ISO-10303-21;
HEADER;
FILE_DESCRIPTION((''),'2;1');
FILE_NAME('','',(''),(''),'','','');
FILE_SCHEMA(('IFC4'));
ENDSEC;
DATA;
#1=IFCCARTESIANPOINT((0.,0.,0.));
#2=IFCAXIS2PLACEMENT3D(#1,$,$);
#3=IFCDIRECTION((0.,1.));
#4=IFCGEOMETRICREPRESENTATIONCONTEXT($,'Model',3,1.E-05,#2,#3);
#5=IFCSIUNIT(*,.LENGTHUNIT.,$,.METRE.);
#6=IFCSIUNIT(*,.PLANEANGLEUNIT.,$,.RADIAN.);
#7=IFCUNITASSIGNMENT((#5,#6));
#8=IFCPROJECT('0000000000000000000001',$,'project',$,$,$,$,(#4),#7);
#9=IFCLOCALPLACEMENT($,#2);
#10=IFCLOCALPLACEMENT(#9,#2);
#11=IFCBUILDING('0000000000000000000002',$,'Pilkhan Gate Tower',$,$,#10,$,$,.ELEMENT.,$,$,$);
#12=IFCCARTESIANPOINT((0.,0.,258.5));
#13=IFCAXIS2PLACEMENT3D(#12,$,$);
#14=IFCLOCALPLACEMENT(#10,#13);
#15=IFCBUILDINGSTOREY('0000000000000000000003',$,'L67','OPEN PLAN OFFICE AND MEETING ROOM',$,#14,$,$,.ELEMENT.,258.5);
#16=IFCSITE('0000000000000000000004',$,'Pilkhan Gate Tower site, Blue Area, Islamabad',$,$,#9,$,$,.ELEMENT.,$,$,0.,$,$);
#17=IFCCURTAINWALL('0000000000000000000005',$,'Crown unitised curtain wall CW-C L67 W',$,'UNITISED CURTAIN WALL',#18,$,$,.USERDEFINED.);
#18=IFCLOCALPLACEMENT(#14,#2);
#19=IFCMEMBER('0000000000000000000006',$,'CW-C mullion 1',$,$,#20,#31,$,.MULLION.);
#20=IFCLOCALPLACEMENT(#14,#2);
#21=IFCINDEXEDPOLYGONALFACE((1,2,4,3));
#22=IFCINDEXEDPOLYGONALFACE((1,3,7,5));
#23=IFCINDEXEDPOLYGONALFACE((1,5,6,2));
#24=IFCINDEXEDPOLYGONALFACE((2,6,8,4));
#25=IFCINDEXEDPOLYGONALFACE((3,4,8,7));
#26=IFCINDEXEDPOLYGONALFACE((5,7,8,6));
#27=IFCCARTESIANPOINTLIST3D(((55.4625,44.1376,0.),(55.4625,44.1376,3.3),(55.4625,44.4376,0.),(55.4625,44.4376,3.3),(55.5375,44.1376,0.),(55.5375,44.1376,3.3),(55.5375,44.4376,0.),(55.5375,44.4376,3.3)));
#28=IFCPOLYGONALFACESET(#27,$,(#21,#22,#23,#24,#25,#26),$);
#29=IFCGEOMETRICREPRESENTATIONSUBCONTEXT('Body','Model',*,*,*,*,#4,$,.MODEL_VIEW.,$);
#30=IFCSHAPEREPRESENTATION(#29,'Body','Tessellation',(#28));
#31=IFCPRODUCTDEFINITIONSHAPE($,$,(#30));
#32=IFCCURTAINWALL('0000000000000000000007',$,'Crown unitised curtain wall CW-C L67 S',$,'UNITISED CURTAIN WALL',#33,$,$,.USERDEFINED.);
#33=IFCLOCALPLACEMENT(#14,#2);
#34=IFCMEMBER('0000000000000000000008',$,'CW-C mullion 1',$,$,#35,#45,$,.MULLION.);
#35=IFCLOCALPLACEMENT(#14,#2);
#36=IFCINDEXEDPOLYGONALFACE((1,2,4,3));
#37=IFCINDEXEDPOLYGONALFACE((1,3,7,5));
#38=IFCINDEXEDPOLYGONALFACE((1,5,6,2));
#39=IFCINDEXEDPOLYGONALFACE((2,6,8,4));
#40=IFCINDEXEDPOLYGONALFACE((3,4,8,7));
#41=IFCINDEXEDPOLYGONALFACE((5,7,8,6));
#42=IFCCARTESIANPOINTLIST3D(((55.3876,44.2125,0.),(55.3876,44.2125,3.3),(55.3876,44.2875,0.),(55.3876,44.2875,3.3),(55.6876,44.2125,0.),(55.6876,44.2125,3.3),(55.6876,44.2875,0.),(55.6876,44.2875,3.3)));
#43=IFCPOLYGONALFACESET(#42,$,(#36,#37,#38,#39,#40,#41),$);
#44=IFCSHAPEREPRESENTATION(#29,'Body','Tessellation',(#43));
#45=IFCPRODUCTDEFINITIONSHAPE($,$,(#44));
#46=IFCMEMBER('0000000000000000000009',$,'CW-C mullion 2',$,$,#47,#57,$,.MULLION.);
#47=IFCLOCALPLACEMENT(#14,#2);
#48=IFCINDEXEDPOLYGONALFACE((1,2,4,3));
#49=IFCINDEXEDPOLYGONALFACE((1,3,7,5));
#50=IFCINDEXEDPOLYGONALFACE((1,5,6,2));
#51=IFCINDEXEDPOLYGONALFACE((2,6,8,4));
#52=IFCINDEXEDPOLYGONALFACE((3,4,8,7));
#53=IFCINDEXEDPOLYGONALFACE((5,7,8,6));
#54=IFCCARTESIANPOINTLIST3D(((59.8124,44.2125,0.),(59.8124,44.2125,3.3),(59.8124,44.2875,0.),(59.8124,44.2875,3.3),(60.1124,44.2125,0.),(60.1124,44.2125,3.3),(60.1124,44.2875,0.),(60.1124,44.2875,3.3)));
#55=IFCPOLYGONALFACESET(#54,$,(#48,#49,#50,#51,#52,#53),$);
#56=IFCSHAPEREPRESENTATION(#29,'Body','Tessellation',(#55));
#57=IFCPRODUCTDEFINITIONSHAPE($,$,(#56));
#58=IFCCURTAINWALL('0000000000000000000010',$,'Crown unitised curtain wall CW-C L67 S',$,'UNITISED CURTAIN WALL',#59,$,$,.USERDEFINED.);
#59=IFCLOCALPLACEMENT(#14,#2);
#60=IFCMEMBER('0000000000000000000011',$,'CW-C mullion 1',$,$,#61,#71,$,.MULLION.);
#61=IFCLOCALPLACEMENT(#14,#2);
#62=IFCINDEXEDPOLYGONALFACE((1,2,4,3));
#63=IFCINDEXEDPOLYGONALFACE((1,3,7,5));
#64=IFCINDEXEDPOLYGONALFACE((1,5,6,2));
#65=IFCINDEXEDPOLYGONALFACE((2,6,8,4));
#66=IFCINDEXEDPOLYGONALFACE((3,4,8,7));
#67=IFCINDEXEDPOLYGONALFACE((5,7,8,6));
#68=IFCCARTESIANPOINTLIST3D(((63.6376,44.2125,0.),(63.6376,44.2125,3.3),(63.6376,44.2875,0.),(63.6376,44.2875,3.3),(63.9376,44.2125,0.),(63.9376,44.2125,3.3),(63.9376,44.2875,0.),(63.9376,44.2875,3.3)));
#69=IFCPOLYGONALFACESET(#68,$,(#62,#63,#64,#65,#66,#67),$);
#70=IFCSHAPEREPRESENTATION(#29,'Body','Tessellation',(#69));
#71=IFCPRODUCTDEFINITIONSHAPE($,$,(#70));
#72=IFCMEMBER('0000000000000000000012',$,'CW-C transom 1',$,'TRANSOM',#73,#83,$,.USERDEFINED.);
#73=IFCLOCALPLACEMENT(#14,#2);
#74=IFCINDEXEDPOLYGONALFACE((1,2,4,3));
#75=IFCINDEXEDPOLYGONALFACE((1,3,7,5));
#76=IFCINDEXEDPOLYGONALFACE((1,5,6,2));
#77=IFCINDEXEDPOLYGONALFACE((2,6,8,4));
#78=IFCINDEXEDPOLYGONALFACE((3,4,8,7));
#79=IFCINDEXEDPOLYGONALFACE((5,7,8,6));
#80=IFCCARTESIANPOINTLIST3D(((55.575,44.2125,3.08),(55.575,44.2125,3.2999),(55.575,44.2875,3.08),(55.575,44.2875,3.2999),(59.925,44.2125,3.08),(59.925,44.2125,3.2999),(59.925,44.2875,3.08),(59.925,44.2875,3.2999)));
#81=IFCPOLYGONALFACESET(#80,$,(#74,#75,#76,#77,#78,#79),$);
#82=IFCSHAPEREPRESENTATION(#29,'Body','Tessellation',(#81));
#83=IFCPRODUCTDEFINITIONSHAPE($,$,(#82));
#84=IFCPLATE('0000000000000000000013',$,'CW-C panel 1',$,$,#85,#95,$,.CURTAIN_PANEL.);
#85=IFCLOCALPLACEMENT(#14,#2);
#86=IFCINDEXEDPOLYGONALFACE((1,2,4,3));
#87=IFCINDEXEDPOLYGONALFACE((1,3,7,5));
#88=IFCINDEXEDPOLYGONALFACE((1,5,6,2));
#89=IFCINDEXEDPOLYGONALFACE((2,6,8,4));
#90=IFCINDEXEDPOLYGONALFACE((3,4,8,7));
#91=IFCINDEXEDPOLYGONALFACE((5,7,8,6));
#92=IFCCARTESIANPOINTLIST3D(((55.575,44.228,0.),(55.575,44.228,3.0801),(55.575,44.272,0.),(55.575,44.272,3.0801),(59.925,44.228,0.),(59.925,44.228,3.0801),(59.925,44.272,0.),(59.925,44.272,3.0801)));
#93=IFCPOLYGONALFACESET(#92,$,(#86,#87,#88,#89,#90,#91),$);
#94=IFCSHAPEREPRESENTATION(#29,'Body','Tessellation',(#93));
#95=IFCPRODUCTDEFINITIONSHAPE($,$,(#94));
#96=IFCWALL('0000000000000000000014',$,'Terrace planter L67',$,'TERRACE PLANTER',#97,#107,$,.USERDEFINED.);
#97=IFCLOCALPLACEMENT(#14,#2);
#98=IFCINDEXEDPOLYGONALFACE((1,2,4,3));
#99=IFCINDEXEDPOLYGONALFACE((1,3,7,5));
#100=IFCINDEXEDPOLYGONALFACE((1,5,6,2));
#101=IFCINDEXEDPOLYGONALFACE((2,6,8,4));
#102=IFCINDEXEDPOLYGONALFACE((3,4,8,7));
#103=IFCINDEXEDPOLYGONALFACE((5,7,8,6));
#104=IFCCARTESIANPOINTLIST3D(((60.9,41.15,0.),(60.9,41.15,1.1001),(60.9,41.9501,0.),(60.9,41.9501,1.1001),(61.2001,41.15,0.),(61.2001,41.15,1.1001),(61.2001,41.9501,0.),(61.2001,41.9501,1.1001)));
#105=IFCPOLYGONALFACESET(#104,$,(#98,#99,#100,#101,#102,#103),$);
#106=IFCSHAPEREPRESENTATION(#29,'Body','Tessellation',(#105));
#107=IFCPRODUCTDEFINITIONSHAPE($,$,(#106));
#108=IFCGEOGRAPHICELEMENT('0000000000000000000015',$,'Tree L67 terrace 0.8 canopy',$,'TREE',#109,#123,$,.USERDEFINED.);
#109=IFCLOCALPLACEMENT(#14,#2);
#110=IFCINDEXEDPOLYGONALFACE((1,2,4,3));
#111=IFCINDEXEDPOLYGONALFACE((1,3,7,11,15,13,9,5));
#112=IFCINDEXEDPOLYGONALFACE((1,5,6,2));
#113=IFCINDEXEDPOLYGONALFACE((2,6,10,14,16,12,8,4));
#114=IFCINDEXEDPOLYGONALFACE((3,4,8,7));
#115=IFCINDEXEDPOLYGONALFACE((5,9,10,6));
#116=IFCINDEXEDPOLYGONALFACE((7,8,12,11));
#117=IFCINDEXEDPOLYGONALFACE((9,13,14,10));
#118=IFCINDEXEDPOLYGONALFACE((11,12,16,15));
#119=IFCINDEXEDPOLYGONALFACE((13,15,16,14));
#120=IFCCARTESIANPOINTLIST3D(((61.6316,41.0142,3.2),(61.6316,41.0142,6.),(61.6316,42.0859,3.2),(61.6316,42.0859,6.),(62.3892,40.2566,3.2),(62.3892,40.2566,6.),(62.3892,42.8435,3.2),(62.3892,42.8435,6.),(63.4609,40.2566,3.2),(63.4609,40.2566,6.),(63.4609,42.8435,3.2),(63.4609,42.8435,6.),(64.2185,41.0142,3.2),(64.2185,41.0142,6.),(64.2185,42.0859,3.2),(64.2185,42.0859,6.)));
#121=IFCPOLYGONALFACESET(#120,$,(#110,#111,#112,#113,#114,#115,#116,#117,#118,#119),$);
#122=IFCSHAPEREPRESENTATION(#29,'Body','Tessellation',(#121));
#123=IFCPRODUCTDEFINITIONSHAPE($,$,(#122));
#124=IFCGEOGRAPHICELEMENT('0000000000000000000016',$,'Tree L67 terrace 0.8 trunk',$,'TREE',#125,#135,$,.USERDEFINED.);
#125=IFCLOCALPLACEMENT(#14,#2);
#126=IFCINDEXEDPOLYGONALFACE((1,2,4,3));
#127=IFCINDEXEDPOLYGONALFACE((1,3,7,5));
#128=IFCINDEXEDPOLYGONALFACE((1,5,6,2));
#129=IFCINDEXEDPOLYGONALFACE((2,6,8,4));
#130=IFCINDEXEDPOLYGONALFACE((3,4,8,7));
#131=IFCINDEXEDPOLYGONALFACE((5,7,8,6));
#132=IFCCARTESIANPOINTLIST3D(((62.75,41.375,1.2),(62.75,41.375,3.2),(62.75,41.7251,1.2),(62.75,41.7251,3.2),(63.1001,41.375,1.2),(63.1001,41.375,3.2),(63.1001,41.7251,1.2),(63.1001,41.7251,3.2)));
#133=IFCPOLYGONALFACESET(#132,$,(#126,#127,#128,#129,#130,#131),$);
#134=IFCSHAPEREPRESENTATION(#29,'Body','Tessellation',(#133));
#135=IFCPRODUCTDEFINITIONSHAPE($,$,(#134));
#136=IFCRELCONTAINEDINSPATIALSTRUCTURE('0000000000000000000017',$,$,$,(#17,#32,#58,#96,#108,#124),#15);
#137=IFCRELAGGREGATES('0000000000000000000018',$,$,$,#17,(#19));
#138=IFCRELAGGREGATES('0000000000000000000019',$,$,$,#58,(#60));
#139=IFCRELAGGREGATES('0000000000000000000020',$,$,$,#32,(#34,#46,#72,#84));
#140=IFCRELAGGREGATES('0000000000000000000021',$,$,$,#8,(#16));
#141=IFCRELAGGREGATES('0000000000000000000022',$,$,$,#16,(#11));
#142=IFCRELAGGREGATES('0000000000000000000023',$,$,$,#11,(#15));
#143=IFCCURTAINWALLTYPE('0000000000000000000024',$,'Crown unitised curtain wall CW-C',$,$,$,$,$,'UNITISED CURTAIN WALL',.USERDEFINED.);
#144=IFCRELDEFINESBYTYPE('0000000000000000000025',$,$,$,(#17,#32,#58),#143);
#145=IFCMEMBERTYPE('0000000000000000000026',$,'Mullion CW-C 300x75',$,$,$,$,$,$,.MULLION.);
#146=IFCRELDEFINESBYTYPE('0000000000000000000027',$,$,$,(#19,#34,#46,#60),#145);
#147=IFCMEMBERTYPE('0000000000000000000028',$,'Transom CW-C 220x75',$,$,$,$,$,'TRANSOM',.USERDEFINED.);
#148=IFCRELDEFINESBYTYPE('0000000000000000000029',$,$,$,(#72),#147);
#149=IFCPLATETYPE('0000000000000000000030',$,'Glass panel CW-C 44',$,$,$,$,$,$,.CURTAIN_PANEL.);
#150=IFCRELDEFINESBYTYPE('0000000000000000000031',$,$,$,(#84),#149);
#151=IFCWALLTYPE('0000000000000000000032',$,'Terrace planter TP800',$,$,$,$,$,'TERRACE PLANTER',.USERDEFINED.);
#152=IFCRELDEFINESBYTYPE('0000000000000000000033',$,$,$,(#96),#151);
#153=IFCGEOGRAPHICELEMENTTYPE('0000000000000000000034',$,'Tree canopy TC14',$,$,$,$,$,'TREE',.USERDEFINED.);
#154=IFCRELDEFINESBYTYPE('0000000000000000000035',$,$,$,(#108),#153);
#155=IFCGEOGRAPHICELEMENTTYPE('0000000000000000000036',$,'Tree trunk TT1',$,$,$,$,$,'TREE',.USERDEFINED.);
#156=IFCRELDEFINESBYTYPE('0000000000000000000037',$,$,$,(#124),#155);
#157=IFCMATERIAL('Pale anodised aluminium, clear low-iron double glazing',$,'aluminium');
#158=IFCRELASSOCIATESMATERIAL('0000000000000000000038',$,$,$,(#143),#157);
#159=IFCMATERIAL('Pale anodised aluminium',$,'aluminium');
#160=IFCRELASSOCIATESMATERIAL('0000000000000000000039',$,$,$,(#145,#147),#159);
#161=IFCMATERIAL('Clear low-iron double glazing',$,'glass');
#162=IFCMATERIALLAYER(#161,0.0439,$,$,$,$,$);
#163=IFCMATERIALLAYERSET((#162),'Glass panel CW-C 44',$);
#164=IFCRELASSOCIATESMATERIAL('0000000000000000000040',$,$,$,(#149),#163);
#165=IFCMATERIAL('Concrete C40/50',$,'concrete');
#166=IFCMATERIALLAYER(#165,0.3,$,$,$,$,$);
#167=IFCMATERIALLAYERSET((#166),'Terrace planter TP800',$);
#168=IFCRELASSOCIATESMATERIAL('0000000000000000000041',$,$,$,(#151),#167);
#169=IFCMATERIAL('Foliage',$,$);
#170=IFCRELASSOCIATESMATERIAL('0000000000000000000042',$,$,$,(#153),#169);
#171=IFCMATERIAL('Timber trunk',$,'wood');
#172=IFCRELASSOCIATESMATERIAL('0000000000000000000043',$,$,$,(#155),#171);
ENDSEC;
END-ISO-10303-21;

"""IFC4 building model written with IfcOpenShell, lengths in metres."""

from ifc_helpers import new_model, si_unit, direction, frame, frame_2d, origin, origin_2d, place, context, subcontext, project, spatial, polyline, rectangle, outline, extrude, material, layer, layer_set, material_profile, profile_set, type_object, element, aggregate, save


model = new_model("IFC4")

# Units and contexts
model_context = context("Model", 3, precision=1e-05, world=origin(), true_north=direction((0.0, 1.0)))
body_context = subcontext(model_context, "Body", "Model", "MODEL_VIEW")
ifc_project = project(units=[si_unit("LENGTHUNIT", "METRE"), si_unit("PLANEANGLEUNIT", "RADIAN")], contexts=[model_context])

# Site, building, storey
site_placement = place(None, origin())
site = spatial("IfcSite", under=ifc_project, at=site_placement, Name="Pilkhan Gate Tower site, Blue Area, Islamabad", CompositionType="ELEMENT", RefElevation=0.0)
building_placement = place(site_placement, origin())
building = spatial("IfcBuilding", under=site, at=building_placement, Name="Pilkhan Gate Tower", CompositionType="ELEMENT")
storey_placement = place(building_placement, frame((0.0, 0.0, 258.5)))
storey = spatial("IfcBuildingStorey", under=building, at=storey_placement, Name="L67", Description="OPEN PLAN OFFICE AND MEETING ROOM", CompositionType="ELEMENT", Elevation=258.5)

# Curtain wall, member
ifc_material_1 = material(Name="Pale anodised aluminium, clear low-iron double glazing", Category="aluminium")
curtain_wall_type = type_object("IfcCurtainWallType", Name="Crown unitised curtain wall CW-C", ElementType="UNITISED CURTAIN WALL", PredefinedType="USERDEFINED", material=ifc_material_1)
curtain_wall_1_placement = place(storey_placement, origin())
curtain_wall_1 = element("IfcCurtainWall", 1, at=curtain_wall_1_placement, inside=storey, type_object=curtain_wall_type, Name="Crown unitised curtain wall CW-C L67 W", ObjectType="UNITISED CURTAIN WALL", PredefinedType="USERDEFINED")
ifc_material_2 = material(Name="Pale anodised aluminium", Category="aluminium")
ifc_material_profile_1 = material_profile(ifc_material_2, rectangle(XDim=0.075, YDim=0.3, at=origin_2d()), Name="Mullion 300x75")
ifc_profile_set_1 = profile_set([ifc_material_profile_1], Name="Pale anodised aluminium")
member_type_1 = type_object("IfcMemberType", Name="Mullion CW-C 300x75", PredefinedType="MULLION", material=ifc_profile_set_1)
member_1_placement = place(storey_placement, frame((55.5, 44.2876, 0.0), z_axis=(0.0, 0.0, 1.0), x_axis=(-1.0, 0.0, 0.0)))
member_1 = element("IfcMember", 2, at=member_1_placement, type_object=member_type_1, Name="CW-C mullion 1", PredefinedType="MULLION", context=body_context, shape_type="SweptSolid", body=[
    extrude(rectangle(XDim=0.075, YDim=0.3, at=origin_2d()), origin(), (0.0, 0.0, 1.0), 3.3),
])
aggregate(curtain_wall_1, [member_1])

# Curtain wall, members
curtain_wall_2_placement = place(storey_placement, origin())
curtain_wall_2 = element("IfcCurtainWall", 3, at=curtain_wall_2_placement, inside=storey, type_object=curtain_wall_type, Name="Crown unitised curtain wall CW-C L67 S", ObjectType="UNITISED CURTAIN WALL", PredefinedType="USERDEFINED")
member_2_placement = place(storey_placement, frame((55.5376, 44.25, 0.0), z_axis=(0.0, 0.0, 1.0), x_axis=(0.0, 1.0, 0.0)))
member_2 = element("IfcMember", 4, at=member_2_placement, type_object=member_type_1, Name="CW-C mullion 1", PredefinedType="MULLION", context=body_context, shape_type="SweptSolid", body=[
    extrude(rectangle(XDim=0.075, YDim=0.3, at=origin_2d()), origin(), (0.0, 0.0, 1.0), 3.3),
])
member_3_placement = place(storey_placement, frame((59.9624, 44.25, 0.0), z_axis=(0.0, 0.0, 1.0), x_axis=(0.0, 1.0, 0.0)))
member_3 = element("IfcMember", 5, at=member_3_placement, type_object=member_type_1, Name="CW-C mullion 2", PredefinedType="MULLION", context=body_context, shape_type="SweptSolid", body=[
    extrude(rectangle(XDim=0.075, YDim=0.3, at=origin_2d()), origin(), (0.0, 0.0, 1.0), 3.3),
])

# Curtain wall, member
curtain_wall_3_placement = place(storey_placement, origin())
curtain_wall_3 = element("IfcCurtainWall", 6, at=curtain_wall_3_placement, inside=storey, type_object=curtain_wall_type, Name="Crown unitised curtain wall CW-C L67 S", ObjectType="UNITISED CURTAIN WALL", PredefinedType="USERDEFINED")
member_4_placement = place(storey_placement, frame((63.7876, 44.25, 0.0), z_axis=(0.0, 0.0, 1.0), x_axis=(0.0, 1.0, 0.0)))
member_4 = element("IfcMember", 7, at=member_4_placement, type_object=member_type_1, Name="CW-C mullion 1", PredefinedType="MULLION", context=body_context, shape_type="SweptSolid", body=[
    extrude(rectangle(XDim=0.075, YDim=0.3, at=origin_2d()), origin(), (0.0, 0.0, 1.0), 3.3),
])
aggregate(curtain_wall_3, [member_4])

# Member
ifc_material_profile_2 = material_profile(ifc_material_2, rectangle(XDim=0.075, YDim=0.22, at=origin_2d()), Name="Transom 220x75")
ifc_profile_set_2 = profile_set([ifc_material_profile_2], Name="Pale anodised aluminium")
member_type_2 = type_object("IfcMemberType", Name="Transom CW-C 220x75", ElementType="TRANSOM", PredefinedType="USERDEFINED", material=ifc_profile_set_2)
member_5_placement = place(storey_placement, frame((55.575, 44.25, 3.1899), z_axis=(1.0, 0.0, 0.0), x_axis=(0.0, 1.0, 0.0)))
member_5 = element("IfcMember", 8, at=member_5_placement, type_object=member_type_2, Name="CW-C transom 1", ObjectType="TRANSOM", PredefinedType="USERDEFINED", context=body_context, shape_type="SweptSolid", body=[
    extrude(rectangle(XDim=0.075, YDim=0.22, at=origin_2d()), origin(), (0.0, 0.0, 1.0), 4.3501),
])

# Plate
ifc_material_3 = material(Name="Clear low-iron double glazing", Category="glass")
ifc_layer_1 = layer(ifc_material_3, 0.0439)
ifc_layer_set_1 = layer_set([ifc_layer_1], Name="Glass panel CW-C 44")
plate_type = type_object("IfcPlateType", Name="Glass panel CW-C 44", PredefinedType="CURTAIN_PANEL", material=ifc_layer_set_1)
plate_placement = place(storey_placement, frame((57.75, 44.25, 0.0), z_axis=(0.0, 0.0, 1.0), x_axis=(1.0, 0.0, 0.0)))
plate = element("IfcPlate", 9, at=plate_placement, type_object=plate_type, Name="CW-C panel 1", PredefinedType="CURTAIN_PANEL", context=body_context, shape_type="SweptSolid", body=[
    extrude(rectangle(XDim=4.3501, YDim=0.0439, at=origin_2d()), origin(), (0.0, 0.0, 1.0), 3.0801),
])
aggregate(curtain_wall_2, [member_2, member_3, member_5, plate])

# Wall
ifc_material_4 = material(Name="Concrete C40/50", Category="concrete")
ifc_layer_2 = layer(ifc_material_4, 0.3)
ifc_layer_set_2 = layer_set([ifc_layer_2], Name="Terrace planter TP800")
wall_type_1 = type_object("IfcWallType", Name="Terrace planter TP800", ElementType="TERRACE PLANTER", PredefinedType="USERDEFINED", material=ifc_layer_set_2)
wall_1_placement = place(storey_placement, frame((61.05, 41.95, 0.0), z_axis=(0.0, 0.0, 1.0), x_axis=(0.0, -1.0, 0.0)))
element("IfcWall", 10, at=wall_1_placement, inside=storey, type_object=wall_type_1, Name="Terrace planter L67", ObjectType="TERRACE PLANTER", PredefinedType="USERDEFINED", context=body_context, shape_type="SweptSolid", body=[
    extrude(rectangle(XDim=0.8, YDim=0.3, at=frame_2d((0.3999, 0.0))), origin(), (0.0, 0.0, 1.0), 1.1001),
])

# Geographic elements
ifc_material_5 = material(Name="Foliage")
ifc_material_profile_3 = material_profile(ifc_material_5, outline(polyline([(1.2935, 0.5359), (0.5359, 1.2935), (-0.5359, 1.2935), (-1.2935, 0.5359), (-1.2935, -0.5359), (-0.5359, -1.2935), (0.5359, -1.2935), (1.2935, -0.5359), (1.2935, 0.5359)])), Name="Canopy D2.8")
ifc_profile_set_3 = profile_set([ifc_material_profile_3], Name="Foliage")
geographic_element_type_1 = type_object("IfcGeographicElementType", Name="Tree canopy TC14", ElementType="TREE", PredefinedType="USERDEFINED", material=ifc_profile_set_3)
geographic_element_1_placement = place(storey_placement, frame((62.925, 41.55, 3.2), z_axis=(0.0, 0.0, 1.0), x_axis=(1.0, 0.0, 0.0)))
element("IfcGeographicElement", 11, at=geographic_element_1_placement, inside=storey, type_object=geographic_element_type_1, Name="Tree L67 terrace 0.8 canopy", ObjectType="TREE", PredefinedType="USERDEFINED", context=body_context, shape_type="SweptSolid", body=[
    extrude(outline(polyline([(1.2935, 0.5359), (0.5359, 1.2935), (-0.5359, 1.2935), (-1.2935, 0.5359), (-1.2935, -0.5359), (-0.5359, -1.2935), (0.5359, -1.2935), (1.2935, -0.5359), (1.2935, 0.5359)])), origin(), (0.0, 0.0, 1.0), 2.8),
])
ifc_material_6 = material(Name="Timber trunk", Category="wood")
geographic_element_type_2 = type_object("IfcGeographicElementType", Name="Tree trunk TT1", ElementType="TREE", PredefinedType="USERDEFINED", material=ifc_material_6)
geographic_element_2_placement = place(storey_placement, frame((62.925, 41.55, 1.2), z_axis=(0.0, 0.0, 1.0), x_axis=(1.0, 0.0, 0.0)))
element("IfcGeographicElement", 12, at=geographic_element_2_placement, inside=storey, type_object=geographic_element_type_2, Name="Tree L67 terrace 0.8 trunk", ObjectType="TREE", PredefinedType="USERDEFINED", context=body_context, shape_type="SweptSolid", body=[
    extrude(rectangle(XDim=0.3501, YDim=0.3501, at=origin_2d()), origin(), (0.0, 0.0, 1.0), 2.0),
])

save(model, "model.ifc")
